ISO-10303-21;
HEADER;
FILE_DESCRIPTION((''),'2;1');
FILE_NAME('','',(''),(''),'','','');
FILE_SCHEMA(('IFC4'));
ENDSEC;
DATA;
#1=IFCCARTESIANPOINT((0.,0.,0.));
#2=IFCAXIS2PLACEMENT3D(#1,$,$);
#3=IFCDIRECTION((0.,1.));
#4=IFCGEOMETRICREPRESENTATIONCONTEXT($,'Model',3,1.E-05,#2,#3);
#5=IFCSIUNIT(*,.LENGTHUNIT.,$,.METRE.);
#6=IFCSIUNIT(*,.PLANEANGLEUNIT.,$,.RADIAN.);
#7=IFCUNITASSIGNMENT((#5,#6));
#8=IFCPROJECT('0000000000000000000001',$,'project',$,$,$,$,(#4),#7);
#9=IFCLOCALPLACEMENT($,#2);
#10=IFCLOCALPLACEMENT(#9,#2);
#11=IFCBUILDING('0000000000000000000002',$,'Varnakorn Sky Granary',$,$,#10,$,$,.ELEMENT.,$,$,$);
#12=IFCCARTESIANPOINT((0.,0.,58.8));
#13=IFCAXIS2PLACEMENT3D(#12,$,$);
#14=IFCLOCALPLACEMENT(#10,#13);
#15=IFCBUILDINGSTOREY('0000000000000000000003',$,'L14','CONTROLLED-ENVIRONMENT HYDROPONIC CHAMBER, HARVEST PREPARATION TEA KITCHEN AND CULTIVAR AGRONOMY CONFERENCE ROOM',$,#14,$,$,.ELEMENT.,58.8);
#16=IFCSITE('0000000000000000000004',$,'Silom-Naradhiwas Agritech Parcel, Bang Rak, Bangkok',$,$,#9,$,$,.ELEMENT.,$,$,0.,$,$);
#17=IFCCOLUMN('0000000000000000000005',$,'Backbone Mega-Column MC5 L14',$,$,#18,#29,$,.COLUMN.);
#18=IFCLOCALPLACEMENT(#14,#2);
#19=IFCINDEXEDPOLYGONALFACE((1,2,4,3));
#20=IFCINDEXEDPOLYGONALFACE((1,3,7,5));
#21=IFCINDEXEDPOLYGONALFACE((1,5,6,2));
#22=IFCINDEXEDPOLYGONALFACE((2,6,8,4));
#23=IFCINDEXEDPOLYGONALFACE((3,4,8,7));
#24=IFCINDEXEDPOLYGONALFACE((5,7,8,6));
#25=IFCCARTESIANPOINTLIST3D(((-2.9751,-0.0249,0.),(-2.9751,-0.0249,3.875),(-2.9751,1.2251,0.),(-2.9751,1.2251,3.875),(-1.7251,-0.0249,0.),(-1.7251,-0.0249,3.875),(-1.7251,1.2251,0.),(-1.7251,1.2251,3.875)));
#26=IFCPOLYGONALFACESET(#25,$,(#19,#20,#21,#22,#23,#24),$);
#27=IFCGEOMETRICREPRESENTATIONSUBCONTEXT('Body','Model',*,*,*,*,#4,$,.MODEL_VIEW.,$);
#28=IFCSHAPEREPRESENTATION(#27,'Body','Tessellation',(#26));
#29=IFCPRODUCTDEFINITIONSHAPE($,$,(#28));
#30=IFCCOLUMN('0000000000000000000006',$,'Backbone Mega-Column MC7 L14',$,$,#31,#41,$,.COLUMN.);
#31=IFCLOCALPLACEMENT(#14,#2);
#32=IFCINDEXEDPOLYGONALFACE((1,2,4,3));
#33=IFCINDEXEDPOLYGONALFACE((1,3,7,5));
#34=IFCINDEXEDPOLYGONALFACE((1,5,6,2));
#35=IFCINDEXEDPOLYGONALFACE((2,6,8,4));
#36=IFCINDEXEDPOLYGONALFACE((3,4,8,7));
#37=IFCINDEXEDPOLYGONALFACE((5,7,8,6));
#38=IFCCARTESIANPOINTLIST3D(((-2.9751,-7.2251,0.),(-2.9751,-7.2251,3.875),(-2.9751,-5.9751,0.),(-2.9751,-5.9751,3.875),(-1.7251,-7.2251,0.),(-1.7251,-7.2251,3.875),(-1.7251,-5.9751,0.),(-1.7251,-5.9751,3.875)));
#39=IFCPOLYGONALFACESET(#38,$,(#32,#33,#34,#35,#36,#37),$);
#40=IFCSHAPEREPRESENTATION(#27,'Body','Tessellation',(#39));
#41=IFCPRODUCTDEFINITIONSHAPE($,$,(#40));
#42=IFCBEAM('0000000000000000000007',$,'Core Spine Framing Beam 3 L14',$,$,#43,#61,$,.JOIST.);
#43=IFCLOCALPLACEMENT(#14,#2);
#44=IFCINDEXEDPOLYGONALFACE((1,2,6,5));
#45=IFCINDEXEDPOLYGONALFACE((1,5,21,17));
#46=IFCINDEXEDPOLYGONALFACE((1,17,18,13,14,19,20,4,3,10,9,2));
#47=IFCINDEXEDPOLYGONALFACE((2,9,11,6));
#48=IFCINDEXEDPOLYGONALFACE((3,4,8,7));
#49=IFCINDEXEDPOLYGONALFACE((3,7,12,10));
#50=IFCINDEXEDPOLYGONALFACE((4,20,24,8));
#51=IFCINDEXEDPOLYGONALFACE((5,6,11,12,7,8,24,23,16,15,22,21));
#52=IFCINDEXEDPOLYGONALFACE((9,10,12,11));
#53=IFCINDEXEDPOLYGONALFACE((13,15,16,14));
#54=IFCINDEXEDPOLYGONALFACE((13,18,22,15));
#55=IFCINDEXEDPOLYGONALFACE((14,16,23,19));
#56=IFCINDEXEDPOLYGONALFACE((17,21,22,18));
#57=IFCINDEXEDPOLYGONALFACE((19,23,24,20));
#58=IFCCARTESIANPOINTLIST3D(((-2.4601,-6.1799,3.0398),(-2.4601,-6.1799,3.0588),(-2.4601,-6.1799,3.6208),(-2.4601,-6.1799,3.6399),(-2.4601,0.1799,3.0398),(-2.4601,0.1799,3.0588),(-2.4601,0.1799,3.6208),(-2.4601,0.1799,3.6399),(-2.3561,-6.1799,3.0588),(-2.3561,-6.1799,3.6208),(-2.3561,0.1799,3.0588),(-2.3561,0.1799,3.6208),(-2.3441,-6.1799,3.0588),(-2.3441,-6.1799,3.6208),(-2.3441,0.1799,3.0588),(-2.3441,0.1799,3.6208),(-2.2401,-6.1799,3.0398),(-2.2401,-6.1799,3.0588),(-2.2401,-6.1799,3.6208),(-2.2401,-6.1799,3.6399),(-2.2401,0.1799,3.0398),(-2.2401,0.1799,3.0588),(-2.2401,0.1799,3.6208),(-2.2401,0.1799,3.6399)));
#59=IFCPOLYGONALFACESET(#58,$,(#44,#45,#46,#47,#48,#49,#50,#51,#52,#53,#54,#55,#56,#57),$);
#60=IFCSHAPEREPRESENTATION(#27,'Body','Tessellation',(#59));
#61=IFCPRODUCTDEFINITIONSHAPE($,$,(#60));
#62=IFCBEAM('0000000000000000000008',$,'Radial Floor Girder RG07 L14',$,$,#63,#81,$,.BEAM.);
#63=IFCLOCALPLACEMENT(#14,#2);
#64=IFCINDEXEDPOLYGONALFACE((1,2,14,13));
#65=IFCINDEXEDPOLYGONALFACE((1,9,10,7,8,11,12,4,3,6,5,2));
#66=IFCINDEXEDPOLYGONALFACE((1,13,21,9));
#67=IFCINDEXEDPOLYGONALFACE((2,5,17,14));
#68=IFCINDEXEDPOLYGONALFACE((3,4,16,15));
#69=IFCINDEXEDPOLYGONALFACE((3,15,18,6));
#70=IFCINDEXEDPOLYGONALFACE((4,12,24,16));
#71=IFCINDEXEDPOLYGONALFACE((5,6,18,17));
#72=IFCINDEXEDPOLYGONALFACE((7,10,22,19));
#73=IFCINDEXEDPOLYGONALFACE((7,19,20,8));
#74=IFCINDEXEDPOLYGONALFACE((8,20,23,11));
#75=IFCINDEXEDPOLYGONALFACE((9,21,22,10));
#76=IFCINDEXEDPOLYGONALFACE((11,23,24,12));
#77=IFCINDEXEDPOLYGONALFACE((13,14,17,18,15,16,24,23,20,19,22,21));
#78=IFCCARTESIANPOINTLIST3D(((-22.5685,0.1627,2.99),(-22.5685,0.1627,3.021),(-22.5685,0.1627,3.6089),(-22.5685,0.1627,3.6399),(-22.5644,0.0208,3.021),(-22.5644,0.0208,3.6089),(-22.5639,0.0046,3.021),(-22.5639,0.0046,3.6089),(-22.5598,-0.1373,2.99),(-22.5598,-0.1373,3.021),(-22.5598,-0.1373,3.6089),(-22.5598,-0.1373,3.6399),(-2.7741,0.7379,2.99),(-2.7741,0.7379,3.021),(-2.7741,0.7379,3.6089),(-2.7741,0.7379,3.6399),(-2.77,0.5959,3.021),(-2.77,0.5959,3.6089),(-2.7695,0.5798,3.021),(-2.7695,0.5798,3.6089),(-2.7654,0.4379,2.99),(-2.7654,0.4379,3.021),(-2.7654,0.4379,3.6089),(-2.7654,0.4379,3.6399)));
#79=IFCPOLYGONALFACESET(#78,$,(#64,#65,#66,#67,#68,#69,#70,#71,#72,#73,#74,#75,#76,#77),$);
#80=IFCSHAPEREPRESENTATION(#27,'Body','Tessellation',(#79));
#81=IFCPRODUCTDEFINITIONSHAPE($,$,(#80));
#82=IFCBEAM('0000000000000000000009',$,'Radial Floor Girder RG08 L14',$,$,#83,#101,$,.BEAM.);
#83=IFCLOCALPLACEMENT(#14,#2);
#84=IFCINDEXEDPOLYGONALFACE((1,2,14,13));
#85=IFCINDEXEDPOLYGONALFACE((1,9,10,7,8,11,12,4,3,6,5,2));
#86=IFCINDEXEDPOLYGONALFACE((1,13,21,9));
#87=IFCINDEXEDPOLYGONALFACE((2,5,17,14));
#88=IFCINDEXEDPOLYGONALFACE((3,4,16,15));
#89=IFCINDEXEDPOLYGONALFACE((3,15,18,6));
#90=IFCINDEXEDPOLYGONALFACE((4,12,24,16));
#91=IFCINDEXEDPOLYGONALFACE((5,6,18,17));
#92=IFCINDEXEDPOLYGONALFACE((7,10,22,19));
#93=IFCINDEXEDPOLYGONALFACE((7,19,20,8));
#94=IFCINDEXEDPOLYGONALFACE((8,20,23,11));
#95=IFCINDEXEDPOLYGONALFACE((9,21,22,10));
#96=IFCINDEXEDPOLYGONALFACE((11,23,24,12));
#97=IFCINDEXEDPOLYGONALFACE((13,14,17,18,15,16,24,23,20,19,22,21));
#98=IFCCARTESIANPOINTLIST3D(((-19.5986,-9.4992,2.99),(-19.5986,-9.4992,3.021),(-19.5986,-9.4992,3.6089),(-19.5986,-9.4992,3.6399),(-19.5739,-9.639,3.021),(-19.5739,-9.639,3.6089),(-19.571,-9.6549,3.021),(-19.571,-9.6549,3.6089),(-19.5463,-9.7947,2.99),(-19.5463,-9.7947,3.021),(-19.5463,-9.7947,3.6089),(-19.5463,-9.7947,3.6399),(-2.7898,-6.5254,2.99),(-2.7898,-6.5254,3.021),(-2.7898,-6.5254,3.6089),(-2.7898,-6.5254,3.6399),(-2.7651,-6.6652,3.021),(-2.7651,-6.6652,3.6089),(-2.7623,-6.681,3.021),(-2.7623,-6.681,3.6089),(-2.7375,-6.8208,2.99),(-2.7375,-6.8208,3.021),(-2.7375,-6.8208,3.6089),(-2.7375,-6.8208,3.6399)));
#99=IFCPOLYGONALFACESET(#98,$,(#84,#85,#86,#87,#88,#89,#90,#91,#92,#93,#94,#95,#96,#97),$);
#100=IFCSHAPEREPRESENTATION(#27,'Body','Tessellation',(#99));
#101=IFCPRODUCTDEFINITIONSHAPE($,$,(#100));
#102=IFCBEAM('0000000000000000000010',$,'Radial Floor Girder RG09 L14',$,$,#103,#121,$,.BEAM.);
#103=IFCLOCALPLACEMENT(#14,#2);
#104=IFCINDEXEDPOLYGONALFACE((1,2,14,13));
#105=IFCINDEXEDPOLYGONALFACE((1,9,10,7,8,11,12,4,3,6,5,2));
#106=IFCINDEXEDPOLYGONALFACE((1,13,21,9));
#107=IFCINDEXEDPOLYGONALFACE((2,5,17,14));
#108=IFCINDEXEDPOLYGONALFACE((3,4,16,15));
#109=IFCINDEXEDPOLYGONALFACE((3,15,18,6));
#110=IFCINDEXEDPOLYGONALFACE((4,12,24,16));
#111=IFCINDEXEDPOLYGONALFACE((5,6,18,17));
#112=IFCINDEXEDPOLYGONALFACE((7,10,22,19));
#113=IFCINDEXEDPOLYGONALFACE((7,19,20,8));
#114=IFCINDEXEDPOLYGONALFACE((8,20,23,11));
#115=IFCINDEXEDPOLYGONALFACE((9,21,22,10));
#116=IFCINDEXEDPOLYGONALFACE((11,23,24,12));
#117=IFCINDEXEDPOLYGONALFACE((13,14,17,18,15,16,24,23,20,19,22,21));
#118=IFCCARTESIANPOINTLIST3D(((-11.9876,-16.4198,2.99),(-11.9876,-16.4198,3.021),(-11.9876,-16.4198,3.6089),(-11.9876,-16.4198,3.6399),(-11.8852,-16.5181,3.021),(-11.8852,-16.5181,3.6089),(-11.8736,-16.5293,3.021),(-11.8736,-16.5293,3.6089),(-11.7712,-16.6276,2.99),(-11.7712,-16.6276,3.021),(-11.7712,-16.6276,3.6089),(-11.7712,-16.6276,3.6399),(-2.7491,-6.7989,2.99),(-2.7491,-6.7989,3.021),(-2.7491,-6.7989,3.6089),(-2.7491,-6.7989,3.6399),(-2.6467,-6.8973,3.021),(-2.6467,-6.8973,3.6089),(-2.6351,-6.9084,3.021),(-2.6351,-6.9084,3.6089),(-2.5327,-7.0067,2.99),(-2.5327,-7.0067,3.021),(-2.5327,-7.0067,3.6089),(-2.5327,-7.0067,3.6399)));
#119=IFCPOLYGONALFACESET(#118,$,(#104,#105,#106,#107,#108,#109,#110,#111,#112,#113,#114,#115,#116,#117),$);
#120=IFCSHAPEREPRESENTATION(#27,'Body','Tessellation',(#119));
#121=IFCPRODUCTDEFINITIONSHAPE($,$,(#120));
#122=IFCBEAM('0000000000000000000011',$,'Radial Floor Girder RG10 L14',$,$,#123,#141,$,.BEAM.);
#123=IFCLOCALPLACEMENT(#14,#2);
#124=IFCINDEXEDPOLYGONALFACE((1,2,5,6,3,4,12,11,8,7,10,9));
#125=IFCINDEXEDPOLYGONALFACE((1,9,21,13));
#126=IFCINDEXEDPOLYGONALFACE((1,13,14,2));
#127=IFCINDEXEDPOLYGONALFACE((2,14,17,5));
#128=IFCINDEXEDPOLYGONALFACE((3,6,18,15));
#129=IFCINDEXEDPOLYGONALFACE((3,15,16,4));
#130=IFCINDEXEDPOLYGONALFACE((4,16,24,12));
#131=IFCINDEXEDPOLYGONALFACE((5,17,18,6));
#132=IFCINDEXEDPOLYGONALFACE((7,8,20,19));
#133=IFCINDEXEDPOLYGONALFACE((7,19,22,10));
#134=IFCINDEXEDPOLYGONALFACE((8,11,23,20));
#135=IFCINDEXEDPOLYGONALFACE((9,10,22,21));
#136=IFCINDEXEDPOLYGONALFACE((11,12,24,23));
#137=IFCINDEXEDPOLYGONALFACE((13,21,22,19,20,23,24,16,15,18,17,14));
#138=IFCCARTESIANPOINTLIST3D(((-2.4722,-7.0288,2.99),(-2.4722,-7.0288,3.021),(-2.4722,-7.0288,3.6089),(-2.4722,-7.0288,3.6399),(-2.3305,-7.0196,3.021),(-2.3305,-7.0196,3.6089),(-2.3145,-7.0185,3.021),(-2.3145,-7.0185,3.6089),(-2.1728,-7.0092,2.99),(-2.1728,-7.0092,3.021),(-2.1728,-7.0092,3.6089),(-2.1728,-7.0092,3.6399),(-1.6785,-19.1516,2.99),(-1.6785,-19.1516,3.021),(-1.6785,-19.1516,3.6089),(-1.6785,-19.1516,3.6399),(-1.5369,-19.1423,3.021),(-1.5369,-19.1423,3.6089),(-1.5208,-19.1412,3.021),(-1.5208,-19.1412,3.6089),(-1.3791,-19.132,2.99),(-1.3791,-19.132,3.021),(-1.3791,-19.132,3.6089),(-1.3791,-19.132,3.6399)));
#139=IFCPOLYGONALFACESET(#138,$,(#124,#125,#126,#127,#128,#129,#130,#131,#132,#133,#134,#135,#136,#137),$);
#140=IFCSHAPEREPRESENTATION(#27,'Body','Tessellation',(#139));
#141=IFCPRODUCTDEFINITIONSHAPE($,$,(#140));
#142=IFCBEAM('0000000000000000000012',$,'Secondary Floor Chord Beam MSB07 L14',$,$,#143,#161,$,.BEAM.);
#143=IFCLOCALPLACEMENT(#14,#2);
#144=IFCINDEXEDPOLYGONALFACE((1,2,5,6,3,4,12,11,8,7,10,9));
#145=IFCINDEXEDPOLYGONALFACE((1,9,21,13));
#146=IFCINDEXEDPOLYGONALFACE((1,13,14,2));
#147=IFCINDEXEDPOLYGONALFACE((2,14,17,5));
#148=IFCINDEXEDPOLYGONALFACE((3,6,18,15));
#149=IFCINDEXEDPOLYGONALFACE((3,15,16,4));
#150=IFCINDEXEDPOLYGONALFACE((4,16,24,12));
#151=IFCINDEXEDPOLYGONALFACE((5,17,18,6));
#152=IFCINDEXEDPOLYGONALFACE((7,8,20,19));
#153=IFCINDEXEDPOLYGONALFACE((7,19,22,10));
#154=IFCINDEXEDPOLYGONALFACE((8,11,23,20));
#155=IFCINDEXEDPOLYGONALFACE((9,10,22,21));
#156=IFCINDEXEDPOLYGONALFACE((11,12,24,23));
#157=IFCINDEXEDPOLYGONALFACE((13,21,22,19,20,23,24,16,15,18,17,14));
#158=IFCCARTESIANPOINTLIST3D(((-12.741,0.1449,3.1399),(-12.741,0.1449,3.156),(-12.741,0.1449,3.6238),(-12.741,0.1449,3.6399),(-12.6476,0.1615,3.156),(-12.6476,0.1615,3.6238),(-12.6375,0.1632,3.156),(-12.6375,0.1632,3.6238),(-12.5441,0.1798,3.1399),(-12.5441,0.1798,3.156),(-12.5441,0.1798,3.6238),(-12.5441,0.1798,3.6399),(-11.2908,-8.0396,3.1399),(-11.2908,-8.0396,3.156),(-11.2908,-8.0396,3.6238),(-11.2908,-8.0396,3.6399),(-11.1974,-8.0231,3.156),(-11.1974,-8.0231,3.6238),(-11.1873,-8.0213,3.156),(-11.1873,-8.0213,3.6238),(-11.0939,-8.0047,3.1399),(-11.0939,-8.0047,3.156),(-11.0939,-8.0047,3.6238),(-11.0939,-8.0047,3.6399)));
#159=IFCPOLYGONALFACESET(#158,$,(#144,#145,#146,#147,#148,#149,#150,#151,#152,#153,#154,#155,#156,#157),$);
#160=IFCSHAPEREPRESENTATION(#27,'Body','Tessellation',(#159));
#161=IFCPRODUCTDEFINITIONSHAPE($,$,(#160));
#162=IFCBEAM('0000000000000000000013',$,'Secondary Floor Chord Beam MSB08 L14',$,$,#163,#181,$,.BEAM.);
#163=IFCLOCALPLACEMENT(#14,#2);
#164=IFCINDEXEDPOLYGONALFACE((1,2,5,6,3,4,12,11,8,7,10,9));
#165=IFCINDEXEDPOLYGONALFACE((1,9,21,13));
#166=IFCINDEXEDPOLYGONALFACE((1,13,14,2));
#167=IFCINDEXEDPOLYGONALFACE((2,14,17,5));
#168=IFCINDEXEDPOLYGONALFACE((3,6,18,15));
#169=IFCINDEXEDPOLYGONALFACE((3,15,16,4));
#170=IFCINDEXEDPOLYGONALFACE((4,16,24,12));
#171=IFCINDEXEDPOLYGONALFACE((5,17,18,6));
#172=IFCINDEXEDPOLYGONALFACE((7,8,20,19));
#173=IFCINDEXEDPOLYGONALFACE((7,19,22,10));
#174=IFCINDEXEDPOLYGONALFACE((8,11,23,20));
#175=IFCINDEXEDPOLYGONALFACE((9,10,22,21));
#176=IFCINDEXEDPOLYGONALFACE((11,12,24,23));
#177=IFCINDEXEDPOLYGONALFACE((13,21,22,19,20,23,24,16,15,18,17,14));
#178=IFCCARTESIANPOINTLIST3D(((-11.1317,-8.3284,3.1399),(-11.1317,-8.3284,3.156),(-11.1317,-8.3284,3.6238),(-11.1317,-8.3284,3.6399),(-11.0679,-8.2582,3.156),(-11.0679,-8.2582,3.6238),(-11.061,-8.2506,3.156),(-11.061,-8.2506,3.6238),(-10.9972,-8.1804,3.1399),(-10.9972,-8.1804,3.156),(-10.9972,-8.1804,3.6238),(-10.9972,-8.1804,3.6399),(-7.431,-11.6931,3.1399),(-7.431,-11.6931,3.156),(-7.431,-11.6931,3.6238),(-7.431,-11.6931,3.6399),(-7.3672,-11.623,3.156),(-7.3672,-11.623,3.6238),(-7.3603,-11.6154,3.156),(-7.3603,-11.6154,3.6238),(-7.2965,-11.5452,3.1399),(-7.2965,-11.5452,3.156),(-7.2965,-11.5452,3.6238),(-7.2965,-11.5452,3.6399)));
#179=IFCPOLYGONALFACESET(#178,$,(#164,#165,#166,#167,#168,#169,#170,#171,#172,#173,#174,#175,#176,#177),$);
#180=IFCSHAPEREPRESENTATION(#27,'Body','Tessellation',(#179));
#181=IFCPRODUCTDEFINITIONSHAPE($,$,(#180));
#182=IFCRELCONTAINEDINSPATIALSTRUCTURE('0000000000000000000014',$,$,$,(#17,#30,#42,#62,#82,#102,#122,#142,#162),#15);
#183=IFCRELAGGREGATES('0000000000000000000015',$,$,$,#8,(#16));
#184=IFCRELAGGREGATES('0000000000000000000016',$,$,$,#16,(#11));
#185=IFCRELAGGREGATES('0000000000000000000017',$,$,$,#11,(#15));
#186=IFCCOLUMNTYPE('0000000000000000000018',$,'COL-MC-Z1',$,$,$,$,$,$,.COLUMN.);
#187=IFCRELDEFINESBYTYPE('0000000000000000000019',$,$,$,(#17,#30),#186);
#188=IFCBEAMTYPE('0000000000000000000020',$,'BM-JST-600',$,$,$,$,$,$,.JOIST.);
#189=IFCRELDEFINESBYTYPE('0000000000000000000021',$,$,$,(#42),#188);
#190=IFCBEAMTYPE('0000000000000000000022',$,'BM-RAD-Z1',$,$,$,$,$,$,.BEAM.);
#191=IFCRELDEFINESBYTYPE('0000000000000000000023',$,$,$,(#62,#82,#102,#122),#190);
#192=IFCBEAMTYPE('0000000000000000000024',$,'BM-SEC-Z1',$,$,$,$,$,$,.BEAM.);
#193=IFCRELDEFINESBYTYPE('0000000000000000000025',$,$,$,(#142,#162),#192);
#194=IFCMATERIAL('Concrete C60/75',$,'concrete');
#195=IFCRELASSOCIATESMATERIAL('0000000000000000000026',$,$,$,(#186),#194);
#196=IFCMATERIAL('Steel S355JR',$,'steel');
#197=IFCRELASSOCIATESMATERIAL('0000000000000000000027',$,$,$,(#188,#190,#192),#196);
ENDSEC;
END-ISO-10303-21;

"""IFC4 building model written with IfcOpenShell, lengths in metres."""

from ifc_helpers import new_model, si_unit, direction, frame, origin, origin_2d, place, context, subcontext, project, spatial, rectangle, i_section, extrude, material, material_profile, profile_set, type_object, element, save


model = new_model("IFC4")

# Units and contexts
model_context = context("Model", 3, precision=1e-05, world=origin(), true_north=direction((0.0, 1.0)))
body_context = subcontext(model_context, "Body", "Model", "MODEL_VIEW")
ifc_project = project(units=[si_unit("LENGTHUNIT", "METRE"), si_unit("PLANEANGLEUNIT", "RADIAN")], contexts=[model_context])

# Site, building, storey
site_placement = place(None, origin())
site = spatial("IfcSite", under=ifc_project, at=site_placement, Name="Silom-Naradhiwas Agritech Parcel, Bang Rak, Bangkok", CompositionType="ELEMENT", RefElevation=0.0)
building_placement = place(site_placement, origin())
building = spatial("IfcBuilding", under=site, at=building_placement, Name="Varnakorn Sky Granary", CompositionType="ELEMENT")
storey_placement = place(building_placement, frame((0.0, 0.0, 58.8)))
storey = spatial("IfcBuildingStorey", under=building, at=storey_placement, Name="L14", Description="CONTROLLED-ENVIRONMENT HYDROPONIC CHAMBER, HARVEST PREPARATION TEA KITCHEN AND CULTIVAR AGRONOMY CONFERENCE ROOM", CompositionType="ELEMENT", Elevation=58.8)

# Columns
ifc_material_1 = material(Name="Concrete C60/75", Category="concrete")
ifc_material_profile_1 = material_profile(ifc_material_1, rectangle(XDim=1.25, YDim=1.25, at=origin_2d()), Name="RC 1250x1250")
ifc_profile_set_1 = profile_set([ifc_material_profile_1], Name="Concrete C60/75")
column_type = type_object("IfcColumnType", Name="COL-MC-Z1", PredefinedType="COLUMN", material=ifc_profile_set_1)
for number, where, z_axis, x_axis, name in (
    (1, (-2.3501, 0.6001, 0.0), (0.0, 0.0, 1.0), (1.0, 0.0, 0.0), "Backbone Mega-Column MC5 L14"),
    (2, (-2.3501, -6.6001, 0.0), (0.0, 0.0, 1.0), (1.0, 0.0, 0.0), "Backbone Mega-Column MC7 L14"),
):
    element("IfcColumn", number, at=place(storey_placement, frame(where, z_axis=z_axis, x_axis=x_axis)), inside=storey, type_object=column_type, Name=name, PredefinedType="COLUMN", context=body_context, shape_type="SweptSolid", body=[
        extrude(rectangle(XDim=1.25, YDim=1.25, at=origin_2d()), origin(), (0.0, 0.0, 1.0), 3.875),
    ])

# Beams
ifc_material_2 = material(Name="Steel S355JR", Category="steel")
ifc_material_profile_2 = material_profile(ifc_material_2, i_section(OverallWidth=0.22, OverallDepth=0.6001, WebThickness=0.012, FlangeThickness=0.019, at=origin_2d()), Name="IPE 600")
ifc_profile_set_2 = profile_set([ifc_material_profile_2], Name="Steel S355JR")
beam_type_1 = type_object("IfcBeamType", Name="BM-JST-600", PredefinedType="JOIST", material=ifc_profile_set_2)
beam_1_placement = place(storey_placement, frame((-2.3501, 0.1799, 3.3398), z_axis=(0.0, -1.0, 0.0), x_axis=(1.0, 0.0, 0.0)))
element("IfcBeam", 3, at=beam_1_placement, inside=storey, type_object=beam_type_1, Name="Core Spine Framing Beam 3 L14", PredefinedType="JOIST", context=body_context, shape_type="SweptSolid", body=[
    extrude(i_section(OverallWidth=0.22, OverallDepth=0.6001, WebThickness=0.012, FlangeThickness=0.019, at=origin_2d()), origin(), (0.0, 0.0, 1.0), 6.3599),
])
ifc_material_profile_3 = material_profile(ifc_material_2, i_section(OverallWidth=0.3, OverallDepth=0.6499, WebThickness=0.0161, FlangeThickness=0.031, at=origin_2d()), Name="HE 650 B")
ifc_profile_set_3 = profile_set([ifc_material_profile_3], Name="Steel S355JR")
beam_type_2 = type_object("IfcBeamType", Name="BM-RAD-Z1", PredefinedType="BEAM", material=ifc_profile_set_3)
beam_2_placement = place(storey_placement, frame((-2.7698, 0.5879, 3.3149), z_axis=(-0.999578, -0.029046, 0.0), x_axis=(0.029046, -0.999578, 0.0)))
element("IfcBeam", 4, at=beam_2_placement, inside=storey, type_object=beam_type_2, Name="Radial Floor Girder RG07 L14", PredefinedType="BEAM", context=body_context, shape_type="SweptSolid", body=[
    extrude(i_section(OverallWidth=0.3, OverallDepth=0.6499, WebThickness=0.0161, FlangeThickness=0.031, at=origin_2d()), origin(), (0.0, 0.0, 1.0), 19.8027),
])
beam_3_placement = place(storey_placement, frame((-2.7637, -6.6731, 3.3149), z_axis=(-0.984707, -0.174218, 0.0), x_axis=(0.174218, -0.984707, 0.0)))
element("IfcBeam", 5, at=beam_3_placement, inside=storey, type_object=beam_type_2, Name="Radial Floor Girder RG08 L14", PredefinedType="BEAM", context=body_context, shape_type="SweptSolid", body=[
    extrude(i_section(OverallWidth=0.3, OverallDepth=0.6499, WebThickness=0.0161, FlangeThickness=0.031, at=origin_2d()), origin(), (0.0, 0.0, 1.0), 17.0698),
])
beam_4_placement = place(storey_placement, frame((-2.6409, -6.9028, 3.3149), z_axis=(-0.69263, -0.721293, 0.0), x_axis=(0.721293, -0.69263, 0.0)))
element("IfcBeam", 6, at=beam_4_placement, inside=storey, type_object=beam_type_2, Name="Radial Floor Girder RG09 L14", PredefinedType="BEAM", context=body_context, shape_type="SweptSolid", body=[
    extrude(i_section(OverallWidth=0.3, OverallDepth=0.6499, WebThickness=0.0161, FlangeThickness=0.031, at=origin_2d()), origin(), (0.0, 0.0, 1.0), 13.3384),
])
beam_5_placement = place(storey_placement, frame((-2.3225, -7.019, 3.3149), z_axis=(0.065332, -0.997864, 0.0), x_axis=(0.997864, 0.065332, 0.0)))
element("IfcBeam", 7, at=beam_5_placement, inside=storey, type_object=beam_type_2, Name="Radial Floor Girder RG10 L14", PredefinedType="BEAM", context=body_context, shape_type="SweptSolid", body=[
    extrude(i_section(OverallWidth=0.3, OverallDepth=0.6499, WebThickness=0.0161, FlangeThickness=0.031, at=origin_2d()), origin(), (0.0, 0.0, 1.0), 12.1487),
])
ifc_material_profile_4 = material_profile(ifc_material_2, i_section(OverallWidth=0.2, OverallDepth=0.5, WebThickness=0.0103, FlangeThickness=0.0161, at=origin_2d()), Name="IPE 500")
ifc_profile_set_4 = profile_set([ifc_material_profile_4], Name="Steel S355JR")
beam_type_3 = type_object("IfcBeamType", Name="BM-SEC-Z1", PredefinedType="BEAM", material=ifc_profile_set_4)
beam_6_placement = place(storey_placement, frame((-12.6426, 0.1624, 3.3899), z_axis=(0.174469, -0.984663, 0.0), x_axis=(0.984663, 0.174469, 0.0)))
element("IfcBeam", 8, at=beam_6_placement, inside=storey, type_object=beam_type_3, Name="Secondary Floor Chord Beam MSB07 L14", PredefinedType="BEAM", context=body_context, shape_type="SweptSolid", body=[
    extrude(i_section(OverallWidth=0.2, OverallDepth=0.5, WebThickness=0.0103, FlangeThickness=0.0161, at=origin_2d()), origin(), (0.0, 0.0, 1.0), 8.312),
])
beam_7_placement = place(storey_placement, frame((-11.0645, -8.2544, 3.3899), z_axis=(0.739891, -0.672726, 0.0), x_axis=(0.672726, 0.739891, 0.0)))
element("IfcBeam", 9, at=beam_7_placement, inside=storey, type_object=beam_type_3, Name="Secondary Floor Chord Beam MSB08 L14", PredefinedType="BEAM", context=body_context, shape_type="SweptSolid", body=[
    extrude(i_section(OverallWidth=0.2, OverallDepth=0.5, WebThickness=0.0103, FlangeThickness=0.0161, at=origin_2d()), origin(), (0.0, 0.0, 1.0), 5.0017),
])

save(model, "model.ifc")
